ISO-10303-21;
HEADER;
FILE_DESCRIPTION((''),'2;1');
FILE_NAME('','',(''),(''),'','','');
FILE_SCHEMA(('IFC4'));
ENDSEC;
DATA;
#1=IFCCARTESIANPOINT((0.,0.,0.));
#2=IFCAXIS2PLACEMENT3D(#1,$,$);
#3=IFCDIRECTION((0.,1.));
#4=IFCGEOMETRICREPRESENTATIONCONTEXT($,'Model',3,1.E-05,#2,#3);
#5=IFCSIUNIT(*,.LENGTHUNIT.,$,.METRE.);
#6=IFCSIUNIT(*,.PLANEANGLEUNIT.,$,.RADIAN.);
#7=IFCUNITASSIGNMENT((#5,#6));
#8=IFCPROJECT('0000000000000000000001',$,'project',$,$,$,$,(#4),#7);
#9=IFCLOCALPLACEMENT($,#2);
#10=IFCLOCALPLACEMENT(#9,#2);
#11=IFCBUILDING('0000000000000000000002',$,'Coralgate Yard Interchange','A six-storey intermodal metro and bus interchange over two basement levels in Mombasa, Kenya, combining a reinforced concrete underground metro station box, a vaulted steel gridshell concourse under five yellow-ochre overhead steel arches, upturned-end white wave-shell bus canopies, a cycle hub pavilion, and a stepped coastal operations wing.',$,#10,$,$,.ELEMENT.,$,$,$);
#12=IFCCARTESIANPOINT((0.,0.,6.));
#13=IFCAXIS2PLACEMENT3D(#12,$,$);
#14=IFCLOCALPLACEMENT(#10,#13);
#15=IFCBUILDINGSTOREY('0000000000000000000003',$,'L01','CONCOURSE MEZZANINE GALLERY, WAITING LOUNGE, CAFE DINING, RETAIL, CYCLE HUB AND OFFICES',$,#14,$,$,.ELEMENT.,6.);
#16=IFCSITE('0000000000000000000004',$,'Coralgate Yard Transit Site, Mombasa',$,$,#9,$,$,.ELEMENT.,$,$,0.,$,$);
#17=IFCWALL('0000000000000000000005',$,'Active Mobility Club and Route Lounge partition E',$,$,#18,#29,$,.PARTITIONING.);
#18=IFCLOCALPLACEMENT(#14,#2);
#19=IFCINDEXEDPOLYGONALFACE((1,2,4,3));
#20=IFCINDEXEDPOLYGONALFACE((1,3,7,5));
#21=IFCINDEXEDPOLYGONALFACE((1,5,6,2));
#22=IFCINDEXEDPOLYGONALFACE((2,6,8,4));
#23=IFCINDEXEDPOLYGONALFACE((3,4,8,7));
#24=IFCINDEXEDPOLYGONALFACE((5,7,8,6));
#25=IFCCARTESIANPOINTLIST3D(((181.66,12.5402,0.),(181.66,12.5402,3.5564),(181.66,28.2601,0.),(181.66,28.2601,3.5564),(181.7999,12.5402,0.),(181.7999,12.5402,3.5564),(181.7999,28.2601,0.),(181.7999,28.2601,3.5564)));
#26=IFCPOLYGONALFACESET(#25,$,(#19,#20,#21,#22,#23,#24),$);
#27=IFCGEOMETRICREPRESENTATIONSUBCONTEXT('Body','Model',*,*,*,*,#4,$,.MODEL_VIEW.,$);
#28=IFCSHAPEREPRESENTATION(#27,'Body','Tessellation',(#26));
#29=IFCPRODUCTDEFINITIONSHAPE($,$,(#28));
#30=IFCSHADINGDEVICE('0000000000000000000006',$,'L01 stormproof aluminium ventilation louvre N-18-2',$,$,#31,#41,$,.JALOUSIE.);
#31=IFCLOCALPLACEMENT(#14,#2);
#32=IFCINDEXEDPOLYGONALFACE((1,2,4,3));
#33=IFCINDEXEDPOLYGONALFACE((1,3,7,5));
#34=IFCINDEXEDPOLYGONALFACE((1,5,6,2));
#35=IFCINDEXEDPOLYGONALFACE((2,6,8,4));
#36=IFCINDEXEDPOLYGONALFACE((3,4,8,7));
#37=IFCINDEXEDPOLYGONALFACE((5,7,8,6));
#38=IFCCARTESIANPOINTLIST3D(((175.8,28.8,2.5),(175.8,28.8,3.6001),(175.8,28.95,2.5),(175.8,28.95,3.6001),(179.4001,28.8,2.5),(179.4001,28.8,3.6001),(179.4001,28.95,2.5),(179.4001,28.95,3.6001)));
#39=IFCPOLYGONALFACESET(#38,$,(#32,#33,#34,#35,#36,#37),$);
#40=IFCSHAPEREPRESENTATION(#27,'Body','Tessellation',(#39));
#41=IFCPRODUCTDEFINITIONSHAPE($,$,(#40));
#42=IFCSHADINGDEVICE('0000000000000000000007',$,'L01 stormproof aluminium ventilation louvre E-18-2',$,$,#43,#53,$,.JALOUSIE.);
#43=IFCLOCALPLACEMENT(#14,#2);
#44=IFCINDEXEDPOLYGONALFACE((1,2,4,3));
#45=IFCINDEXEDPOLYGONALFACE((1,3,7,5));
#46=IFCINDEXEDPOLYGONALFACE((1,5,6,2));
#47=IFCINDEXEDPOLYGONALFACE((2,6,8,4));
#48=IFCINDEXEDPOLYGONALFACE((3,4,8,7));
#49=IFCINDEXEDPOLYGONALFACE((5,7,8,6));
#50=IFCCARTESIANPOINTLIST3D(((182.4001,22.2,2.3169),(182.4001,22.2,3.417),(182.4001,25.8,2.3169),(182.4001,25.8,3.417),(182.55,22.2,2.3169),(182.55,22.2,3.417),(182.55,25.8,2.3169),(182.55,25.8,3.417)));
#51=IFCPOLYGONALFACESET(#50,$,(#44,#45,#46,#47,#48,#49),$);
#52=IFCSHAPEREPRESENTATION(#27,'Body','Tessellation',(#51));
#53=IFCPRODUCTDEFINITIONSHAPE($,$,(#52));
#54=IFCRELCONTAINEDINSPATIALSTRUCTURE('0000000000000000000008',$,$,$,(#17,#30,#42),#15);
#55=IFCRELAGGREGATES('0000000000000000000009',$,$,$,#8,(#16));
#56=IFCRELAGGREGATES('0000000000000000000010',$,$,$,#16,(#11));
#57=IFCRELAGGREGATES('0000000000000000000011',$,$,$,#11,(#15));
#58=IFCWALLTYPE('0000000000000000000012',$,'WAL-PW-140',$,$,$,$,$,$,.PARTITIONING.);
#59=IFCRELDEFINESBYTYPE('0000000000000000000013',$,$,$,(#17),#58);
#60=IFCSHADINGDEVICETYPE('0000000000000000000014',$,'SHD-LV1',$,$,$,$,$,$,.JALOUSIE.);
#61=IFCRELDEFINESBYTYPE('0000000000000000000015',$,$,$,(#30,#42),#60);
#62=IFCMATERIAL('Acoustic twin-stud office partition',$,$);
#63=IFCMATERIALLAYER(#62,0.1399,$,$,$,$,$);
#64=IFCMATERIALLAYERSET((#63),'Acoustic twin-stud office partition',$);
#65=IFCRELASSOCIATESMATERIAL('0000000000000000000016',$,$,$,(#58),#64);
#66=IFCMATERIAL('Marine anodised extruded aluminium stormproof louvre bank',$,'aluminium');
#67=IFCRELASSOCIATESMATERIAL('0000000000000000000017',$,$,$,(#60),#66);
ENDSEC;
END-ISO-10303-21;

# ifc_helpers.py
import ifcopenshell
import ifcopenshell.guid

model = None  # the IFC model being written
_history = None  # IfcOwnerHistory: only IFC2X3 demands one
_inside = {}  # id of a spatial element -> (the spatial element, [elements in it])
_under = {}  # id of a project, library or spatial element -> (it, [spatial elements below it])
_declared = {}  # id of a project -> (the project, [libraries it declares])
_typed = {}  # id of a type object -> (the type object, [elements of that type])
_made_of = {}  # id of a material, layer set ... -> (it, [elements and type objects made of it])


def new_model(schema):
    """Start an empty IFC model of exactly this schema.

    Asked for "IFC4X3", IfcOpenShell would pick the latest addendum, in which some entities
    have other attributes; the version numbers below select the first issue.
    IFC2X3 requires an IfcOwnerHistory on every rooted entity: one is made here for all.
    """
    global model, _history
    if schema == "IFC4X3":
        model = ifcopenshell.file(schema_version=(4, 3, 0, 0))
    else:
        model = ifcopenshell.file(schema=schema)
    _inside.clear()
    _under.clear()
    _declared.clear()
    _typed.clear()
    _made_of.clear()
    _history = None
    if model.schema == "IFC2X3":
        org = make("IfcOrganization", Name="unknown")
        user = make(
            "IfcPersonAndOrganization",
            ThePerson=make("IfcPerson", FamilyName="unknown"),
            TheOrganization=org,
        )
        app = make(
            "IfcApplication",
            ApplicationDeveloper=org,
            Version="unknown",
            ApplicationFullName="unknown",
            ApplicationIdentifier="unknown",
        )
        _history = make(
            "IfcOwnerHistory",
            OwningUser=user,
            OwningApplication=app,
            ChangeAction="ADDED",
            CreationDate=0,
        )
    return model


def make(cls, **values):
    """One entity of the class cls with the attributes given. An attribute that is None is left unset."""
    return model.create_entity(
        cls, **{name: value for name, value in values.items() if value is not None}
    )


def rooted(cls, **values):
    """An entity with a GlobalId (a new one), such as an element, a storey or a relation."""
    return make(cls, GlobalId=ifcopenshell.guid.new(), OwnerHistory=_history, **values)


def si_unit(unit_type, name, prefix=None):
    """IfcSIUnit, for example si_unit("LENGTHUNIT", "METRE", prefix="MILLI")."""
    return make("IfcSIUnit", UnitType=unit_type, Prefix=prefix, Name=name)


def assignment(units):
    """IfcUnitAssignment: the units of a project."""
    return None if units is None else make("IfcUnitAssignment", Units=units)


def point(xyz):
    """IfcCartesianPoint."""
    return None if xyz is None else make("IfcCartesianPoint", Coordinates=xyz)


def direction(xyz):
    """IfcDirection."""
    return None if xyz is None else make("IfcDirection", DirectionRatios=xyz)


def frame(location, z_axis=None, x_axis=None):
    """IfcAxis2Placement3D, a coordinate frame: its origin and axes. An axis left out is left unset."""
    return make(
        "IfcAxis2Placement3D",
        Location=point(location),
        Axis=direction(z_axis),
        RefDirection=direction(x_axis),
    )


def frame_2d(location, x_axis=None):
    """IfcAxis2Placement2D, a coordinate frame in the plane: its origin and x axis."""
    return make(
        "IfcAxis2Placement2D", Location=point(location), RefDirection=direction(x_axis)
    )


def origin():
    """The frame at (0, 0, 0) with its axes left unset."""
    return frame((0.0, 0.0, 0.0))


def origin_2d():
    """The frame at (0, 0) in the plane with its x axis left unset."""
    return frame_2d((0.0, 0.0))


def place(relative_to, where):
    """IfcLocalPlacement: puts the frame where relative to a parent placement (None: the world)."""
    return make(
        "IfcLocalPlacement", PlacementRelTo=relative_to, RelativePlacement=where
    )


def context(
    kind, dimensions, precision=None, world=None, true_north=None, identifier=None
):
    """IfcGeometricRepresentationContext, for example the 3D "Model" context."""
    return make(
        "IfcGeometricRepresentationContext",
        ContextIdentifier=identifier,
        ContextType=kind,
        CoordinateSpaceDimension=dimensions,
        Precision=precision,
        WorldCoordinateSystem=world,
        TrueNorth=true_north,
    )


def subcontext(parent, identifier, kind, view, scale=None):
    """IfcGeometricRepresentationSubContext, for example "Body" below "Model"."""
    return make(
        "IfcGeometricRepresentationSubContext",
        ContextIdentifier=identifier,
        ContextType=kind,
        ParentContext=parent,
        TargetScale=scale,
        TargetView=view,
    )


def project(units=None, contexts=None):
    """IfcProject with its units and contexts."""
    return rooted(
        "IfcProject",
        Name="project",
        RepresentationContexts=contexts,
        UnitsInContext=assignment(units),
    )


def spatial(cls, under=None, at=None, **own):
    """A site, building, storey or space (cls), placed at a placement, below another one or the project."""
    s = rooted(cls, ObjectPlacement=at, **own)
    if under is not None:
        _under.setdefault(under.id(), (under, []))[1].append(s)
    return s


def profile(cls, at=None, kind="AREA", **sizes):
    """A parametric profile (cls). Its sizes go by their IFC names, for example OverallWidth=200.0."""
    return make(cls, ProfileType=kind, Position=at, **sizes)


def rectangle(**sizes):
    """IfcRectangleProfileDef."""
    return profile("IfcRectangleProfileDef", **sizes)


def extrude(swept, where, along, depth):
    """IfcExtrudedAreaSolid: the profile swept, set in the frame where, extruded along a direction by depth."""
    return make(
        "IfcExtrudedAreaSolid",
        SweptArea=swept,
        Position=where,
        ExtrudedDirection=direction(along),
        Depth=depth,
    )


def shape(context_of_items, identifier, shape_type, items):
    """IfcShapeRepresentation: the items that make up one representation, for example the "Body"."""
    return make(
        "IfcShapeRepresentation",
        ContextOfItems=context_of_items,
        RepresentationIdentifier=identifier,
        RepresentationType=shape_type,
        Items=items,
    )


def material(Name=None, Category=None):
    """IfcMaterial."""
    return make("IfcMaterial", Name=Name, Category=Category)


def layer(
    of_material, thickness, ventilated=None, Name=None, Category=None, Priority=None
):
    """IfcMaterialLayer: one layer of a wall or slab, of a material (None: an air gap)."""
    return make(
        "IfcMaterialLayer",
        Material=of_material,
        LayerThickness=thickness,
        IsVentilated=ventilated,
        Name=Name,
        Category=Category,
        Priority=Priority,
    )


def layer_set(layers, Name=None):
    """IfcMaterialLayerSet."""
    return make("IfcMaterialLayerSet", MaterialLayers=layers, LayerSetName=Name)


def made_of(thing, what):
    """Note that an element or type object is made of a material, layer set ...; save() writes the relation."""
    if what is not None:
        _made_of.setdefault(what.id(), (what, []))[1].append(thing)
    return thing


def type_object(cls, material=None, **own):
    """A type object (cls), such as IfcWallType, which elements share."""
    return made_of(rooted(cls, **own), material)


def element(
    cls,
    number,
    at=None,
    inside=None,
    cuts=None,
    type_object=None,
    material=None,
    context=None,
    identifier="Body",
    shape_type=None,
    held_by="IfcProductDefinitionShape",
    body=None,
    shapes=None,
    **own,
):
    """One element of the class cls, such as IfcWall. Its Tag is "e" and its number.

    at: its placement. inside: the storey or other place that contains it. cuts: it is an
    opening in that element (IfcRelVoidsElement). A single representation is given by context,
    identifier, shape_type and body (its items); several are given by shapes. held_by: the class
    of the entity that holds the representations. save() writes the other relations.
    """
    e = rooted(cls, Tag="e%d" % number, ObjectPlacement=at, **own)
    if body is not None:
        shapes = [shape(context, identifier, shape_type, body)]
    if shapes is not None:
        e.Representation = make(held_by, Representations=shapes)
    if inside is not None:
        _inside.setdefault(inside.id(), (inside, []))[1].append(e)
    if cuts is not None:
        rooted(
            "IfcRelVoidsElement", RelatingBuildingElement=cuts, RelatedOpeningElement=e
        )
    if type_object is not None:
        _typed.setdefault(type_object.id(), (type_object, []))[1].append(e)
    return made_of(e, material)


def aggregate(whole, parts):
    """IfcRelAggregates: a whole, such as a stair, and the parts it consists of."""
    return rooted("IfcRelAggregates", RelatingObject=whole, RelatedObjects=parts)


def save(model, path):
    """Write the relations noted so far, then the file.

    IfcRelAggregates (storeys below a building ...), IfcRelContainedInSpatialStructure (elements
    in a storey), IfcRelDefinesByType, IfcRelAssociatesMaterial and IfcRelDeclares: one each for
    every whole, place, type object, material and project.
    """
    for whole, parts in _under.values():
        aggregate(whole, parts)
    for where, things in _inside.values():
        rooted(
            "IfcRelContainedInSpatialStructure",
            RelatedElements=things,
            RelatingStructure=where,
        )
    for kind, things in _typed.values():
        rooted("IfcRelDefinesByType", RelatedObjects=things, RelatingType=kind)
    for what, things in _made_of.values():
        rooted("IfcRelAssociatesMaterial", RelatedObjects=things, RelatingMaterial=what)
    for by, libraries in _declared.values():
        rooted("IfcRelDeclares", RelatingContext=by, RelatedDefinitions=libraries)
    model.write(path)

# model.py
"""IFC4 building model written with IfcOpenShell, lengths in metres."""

from ifc_helpers import new_model, si_unit, direction, frame, frame_2d, origin, origin_2d, place, context, subcontext, project, spatial, rectangle, extrude, material, layer, layer_set, type_object, element, save


model = new_model("IFC4")

# Units and contexts
model_context = context("Model", 3, precision=1e-05, world=origin(), true_north=direction((0.0, 1.0)))
body_context = subcontext(model_context, "Body", "Model", "MODEL_VIEW")
ifc_project = project(units=[si_unit("LENGTHUNIT", "METRE"), si_unit("PLANEANGLEUNIT", "RADIAN")], contexts=[model_context])

# Site, building, storey
site_placement = place(None, origin())
site = spatial("IfcSite", under=ifc_project, at=site_placement, Name="Coralgate Yard Transit Site, Mombasa", CompositionType="ELEMENT", RefElevation=0.0)
building_placement = place(site_placement, origin())
building = spatial("IfcBuilding", under=site, at=building_placement, Name="Coralgate Yard Interchange", Description="A six-storey intermodal metro and bus interchange over two basement levels in Mombasa, Kenya, combining a reinforced concrete underground metro station box, a vaulted steel gridshell concourse under five yellow-ochre overhead steel arches, upturned-end white wave-shell bus canopies, a cycle hub pavilion, and a stepped coastal operations wing.", CompositionType="ELEMENT")
storey_placement = place(building_placement, frame((0.0, 0.0, 6.0)))
storey = spatial("IfcBuildingStorey", under=building, at=storey_placement, Name="L01", Description="CONCOURSE MEZZANINE GALLERY, WAITING LOUNGE, CAFE DINING, RETAIL, CYCLE HUB AND OFFICES", CompositionType="ELEMENT", Elevation=6.0)

# Wall
ifc_material_1 = material(Name="Acoustic twin-stud office partition")
ifc_layer_1 = layer(ifc_material_1, 0.1399)
ifc_layer_set_1 = layer_set([ifc_layer_1], Name="Acoustic twin-stud office partition")
wall_type_1 = type_object("IfcWallType", Name="WAL-PW-140", PredefinedType="PARTITIONING", material=ifc_layer_set_1)
wall_1_placement = place(storey_placement, frame((181.73, 28.26, 0.0), z_axis=(0.0, 0.0, 1.0), x_axis=(0.0, -1.0, 0.0)))
element("IfcWall", 1, at=wall_1_placement, inside=storey, type_object=wall_type_1, Name="Active Mobility Club and Route Lounge partition E", PredefinedType="PARTITIONING", context=body_context, shape_type="SweptSolid", body=[
    extrude(rectangle(XDim=15.72, YDim=0.1399, at=frame_2d((7.8599, 0.0))), origin(), (0.0, 0.0, 1.0), 3.5564),
])

# Shading devices
ifc_material_2 = material(Name="Marine anodised extruded aluminium stormproof louvre bank", Category="aluminium")
shading_device_type = type_object("IfcShadingDeviceType", Name="SHD-LV1", PredefinedType="JALOUSIE", material=ifc_material_2)
for number, where, z_axis, x_axis, name in (
    (2, (177.6001, 28.875, 2.5), (0.0, 0.0, 1.0), (1.0, 0.0, 0.0), "L01 stormproof aluminium ventilation louvre N-18-2"),
    (3, (182.4751, 24.0, 2.3169), (0.0, 0.0, 1.0), (0.0, -1.0, 0.0), "L01 stormproof aluminium ventilation louvre E-18-2"),
):
    element("IfcShadingDevice", number, at=place(storey_placement, frame(where, z_axis=z_axis, x_axis=x_axis)), inside=storey, type_object=shading_device_type, Name=name, PredefinedType="JALOUSIE", context=body_context, shape_type="SweptSolid", body=[
        extrude(rectangle(XDim=3.6001, YDim=0.1499, at=origin_2d()), origin(), (0.0, 0.0, 1.0), 1.1001),
    ])

save(model, "model.ifc")
